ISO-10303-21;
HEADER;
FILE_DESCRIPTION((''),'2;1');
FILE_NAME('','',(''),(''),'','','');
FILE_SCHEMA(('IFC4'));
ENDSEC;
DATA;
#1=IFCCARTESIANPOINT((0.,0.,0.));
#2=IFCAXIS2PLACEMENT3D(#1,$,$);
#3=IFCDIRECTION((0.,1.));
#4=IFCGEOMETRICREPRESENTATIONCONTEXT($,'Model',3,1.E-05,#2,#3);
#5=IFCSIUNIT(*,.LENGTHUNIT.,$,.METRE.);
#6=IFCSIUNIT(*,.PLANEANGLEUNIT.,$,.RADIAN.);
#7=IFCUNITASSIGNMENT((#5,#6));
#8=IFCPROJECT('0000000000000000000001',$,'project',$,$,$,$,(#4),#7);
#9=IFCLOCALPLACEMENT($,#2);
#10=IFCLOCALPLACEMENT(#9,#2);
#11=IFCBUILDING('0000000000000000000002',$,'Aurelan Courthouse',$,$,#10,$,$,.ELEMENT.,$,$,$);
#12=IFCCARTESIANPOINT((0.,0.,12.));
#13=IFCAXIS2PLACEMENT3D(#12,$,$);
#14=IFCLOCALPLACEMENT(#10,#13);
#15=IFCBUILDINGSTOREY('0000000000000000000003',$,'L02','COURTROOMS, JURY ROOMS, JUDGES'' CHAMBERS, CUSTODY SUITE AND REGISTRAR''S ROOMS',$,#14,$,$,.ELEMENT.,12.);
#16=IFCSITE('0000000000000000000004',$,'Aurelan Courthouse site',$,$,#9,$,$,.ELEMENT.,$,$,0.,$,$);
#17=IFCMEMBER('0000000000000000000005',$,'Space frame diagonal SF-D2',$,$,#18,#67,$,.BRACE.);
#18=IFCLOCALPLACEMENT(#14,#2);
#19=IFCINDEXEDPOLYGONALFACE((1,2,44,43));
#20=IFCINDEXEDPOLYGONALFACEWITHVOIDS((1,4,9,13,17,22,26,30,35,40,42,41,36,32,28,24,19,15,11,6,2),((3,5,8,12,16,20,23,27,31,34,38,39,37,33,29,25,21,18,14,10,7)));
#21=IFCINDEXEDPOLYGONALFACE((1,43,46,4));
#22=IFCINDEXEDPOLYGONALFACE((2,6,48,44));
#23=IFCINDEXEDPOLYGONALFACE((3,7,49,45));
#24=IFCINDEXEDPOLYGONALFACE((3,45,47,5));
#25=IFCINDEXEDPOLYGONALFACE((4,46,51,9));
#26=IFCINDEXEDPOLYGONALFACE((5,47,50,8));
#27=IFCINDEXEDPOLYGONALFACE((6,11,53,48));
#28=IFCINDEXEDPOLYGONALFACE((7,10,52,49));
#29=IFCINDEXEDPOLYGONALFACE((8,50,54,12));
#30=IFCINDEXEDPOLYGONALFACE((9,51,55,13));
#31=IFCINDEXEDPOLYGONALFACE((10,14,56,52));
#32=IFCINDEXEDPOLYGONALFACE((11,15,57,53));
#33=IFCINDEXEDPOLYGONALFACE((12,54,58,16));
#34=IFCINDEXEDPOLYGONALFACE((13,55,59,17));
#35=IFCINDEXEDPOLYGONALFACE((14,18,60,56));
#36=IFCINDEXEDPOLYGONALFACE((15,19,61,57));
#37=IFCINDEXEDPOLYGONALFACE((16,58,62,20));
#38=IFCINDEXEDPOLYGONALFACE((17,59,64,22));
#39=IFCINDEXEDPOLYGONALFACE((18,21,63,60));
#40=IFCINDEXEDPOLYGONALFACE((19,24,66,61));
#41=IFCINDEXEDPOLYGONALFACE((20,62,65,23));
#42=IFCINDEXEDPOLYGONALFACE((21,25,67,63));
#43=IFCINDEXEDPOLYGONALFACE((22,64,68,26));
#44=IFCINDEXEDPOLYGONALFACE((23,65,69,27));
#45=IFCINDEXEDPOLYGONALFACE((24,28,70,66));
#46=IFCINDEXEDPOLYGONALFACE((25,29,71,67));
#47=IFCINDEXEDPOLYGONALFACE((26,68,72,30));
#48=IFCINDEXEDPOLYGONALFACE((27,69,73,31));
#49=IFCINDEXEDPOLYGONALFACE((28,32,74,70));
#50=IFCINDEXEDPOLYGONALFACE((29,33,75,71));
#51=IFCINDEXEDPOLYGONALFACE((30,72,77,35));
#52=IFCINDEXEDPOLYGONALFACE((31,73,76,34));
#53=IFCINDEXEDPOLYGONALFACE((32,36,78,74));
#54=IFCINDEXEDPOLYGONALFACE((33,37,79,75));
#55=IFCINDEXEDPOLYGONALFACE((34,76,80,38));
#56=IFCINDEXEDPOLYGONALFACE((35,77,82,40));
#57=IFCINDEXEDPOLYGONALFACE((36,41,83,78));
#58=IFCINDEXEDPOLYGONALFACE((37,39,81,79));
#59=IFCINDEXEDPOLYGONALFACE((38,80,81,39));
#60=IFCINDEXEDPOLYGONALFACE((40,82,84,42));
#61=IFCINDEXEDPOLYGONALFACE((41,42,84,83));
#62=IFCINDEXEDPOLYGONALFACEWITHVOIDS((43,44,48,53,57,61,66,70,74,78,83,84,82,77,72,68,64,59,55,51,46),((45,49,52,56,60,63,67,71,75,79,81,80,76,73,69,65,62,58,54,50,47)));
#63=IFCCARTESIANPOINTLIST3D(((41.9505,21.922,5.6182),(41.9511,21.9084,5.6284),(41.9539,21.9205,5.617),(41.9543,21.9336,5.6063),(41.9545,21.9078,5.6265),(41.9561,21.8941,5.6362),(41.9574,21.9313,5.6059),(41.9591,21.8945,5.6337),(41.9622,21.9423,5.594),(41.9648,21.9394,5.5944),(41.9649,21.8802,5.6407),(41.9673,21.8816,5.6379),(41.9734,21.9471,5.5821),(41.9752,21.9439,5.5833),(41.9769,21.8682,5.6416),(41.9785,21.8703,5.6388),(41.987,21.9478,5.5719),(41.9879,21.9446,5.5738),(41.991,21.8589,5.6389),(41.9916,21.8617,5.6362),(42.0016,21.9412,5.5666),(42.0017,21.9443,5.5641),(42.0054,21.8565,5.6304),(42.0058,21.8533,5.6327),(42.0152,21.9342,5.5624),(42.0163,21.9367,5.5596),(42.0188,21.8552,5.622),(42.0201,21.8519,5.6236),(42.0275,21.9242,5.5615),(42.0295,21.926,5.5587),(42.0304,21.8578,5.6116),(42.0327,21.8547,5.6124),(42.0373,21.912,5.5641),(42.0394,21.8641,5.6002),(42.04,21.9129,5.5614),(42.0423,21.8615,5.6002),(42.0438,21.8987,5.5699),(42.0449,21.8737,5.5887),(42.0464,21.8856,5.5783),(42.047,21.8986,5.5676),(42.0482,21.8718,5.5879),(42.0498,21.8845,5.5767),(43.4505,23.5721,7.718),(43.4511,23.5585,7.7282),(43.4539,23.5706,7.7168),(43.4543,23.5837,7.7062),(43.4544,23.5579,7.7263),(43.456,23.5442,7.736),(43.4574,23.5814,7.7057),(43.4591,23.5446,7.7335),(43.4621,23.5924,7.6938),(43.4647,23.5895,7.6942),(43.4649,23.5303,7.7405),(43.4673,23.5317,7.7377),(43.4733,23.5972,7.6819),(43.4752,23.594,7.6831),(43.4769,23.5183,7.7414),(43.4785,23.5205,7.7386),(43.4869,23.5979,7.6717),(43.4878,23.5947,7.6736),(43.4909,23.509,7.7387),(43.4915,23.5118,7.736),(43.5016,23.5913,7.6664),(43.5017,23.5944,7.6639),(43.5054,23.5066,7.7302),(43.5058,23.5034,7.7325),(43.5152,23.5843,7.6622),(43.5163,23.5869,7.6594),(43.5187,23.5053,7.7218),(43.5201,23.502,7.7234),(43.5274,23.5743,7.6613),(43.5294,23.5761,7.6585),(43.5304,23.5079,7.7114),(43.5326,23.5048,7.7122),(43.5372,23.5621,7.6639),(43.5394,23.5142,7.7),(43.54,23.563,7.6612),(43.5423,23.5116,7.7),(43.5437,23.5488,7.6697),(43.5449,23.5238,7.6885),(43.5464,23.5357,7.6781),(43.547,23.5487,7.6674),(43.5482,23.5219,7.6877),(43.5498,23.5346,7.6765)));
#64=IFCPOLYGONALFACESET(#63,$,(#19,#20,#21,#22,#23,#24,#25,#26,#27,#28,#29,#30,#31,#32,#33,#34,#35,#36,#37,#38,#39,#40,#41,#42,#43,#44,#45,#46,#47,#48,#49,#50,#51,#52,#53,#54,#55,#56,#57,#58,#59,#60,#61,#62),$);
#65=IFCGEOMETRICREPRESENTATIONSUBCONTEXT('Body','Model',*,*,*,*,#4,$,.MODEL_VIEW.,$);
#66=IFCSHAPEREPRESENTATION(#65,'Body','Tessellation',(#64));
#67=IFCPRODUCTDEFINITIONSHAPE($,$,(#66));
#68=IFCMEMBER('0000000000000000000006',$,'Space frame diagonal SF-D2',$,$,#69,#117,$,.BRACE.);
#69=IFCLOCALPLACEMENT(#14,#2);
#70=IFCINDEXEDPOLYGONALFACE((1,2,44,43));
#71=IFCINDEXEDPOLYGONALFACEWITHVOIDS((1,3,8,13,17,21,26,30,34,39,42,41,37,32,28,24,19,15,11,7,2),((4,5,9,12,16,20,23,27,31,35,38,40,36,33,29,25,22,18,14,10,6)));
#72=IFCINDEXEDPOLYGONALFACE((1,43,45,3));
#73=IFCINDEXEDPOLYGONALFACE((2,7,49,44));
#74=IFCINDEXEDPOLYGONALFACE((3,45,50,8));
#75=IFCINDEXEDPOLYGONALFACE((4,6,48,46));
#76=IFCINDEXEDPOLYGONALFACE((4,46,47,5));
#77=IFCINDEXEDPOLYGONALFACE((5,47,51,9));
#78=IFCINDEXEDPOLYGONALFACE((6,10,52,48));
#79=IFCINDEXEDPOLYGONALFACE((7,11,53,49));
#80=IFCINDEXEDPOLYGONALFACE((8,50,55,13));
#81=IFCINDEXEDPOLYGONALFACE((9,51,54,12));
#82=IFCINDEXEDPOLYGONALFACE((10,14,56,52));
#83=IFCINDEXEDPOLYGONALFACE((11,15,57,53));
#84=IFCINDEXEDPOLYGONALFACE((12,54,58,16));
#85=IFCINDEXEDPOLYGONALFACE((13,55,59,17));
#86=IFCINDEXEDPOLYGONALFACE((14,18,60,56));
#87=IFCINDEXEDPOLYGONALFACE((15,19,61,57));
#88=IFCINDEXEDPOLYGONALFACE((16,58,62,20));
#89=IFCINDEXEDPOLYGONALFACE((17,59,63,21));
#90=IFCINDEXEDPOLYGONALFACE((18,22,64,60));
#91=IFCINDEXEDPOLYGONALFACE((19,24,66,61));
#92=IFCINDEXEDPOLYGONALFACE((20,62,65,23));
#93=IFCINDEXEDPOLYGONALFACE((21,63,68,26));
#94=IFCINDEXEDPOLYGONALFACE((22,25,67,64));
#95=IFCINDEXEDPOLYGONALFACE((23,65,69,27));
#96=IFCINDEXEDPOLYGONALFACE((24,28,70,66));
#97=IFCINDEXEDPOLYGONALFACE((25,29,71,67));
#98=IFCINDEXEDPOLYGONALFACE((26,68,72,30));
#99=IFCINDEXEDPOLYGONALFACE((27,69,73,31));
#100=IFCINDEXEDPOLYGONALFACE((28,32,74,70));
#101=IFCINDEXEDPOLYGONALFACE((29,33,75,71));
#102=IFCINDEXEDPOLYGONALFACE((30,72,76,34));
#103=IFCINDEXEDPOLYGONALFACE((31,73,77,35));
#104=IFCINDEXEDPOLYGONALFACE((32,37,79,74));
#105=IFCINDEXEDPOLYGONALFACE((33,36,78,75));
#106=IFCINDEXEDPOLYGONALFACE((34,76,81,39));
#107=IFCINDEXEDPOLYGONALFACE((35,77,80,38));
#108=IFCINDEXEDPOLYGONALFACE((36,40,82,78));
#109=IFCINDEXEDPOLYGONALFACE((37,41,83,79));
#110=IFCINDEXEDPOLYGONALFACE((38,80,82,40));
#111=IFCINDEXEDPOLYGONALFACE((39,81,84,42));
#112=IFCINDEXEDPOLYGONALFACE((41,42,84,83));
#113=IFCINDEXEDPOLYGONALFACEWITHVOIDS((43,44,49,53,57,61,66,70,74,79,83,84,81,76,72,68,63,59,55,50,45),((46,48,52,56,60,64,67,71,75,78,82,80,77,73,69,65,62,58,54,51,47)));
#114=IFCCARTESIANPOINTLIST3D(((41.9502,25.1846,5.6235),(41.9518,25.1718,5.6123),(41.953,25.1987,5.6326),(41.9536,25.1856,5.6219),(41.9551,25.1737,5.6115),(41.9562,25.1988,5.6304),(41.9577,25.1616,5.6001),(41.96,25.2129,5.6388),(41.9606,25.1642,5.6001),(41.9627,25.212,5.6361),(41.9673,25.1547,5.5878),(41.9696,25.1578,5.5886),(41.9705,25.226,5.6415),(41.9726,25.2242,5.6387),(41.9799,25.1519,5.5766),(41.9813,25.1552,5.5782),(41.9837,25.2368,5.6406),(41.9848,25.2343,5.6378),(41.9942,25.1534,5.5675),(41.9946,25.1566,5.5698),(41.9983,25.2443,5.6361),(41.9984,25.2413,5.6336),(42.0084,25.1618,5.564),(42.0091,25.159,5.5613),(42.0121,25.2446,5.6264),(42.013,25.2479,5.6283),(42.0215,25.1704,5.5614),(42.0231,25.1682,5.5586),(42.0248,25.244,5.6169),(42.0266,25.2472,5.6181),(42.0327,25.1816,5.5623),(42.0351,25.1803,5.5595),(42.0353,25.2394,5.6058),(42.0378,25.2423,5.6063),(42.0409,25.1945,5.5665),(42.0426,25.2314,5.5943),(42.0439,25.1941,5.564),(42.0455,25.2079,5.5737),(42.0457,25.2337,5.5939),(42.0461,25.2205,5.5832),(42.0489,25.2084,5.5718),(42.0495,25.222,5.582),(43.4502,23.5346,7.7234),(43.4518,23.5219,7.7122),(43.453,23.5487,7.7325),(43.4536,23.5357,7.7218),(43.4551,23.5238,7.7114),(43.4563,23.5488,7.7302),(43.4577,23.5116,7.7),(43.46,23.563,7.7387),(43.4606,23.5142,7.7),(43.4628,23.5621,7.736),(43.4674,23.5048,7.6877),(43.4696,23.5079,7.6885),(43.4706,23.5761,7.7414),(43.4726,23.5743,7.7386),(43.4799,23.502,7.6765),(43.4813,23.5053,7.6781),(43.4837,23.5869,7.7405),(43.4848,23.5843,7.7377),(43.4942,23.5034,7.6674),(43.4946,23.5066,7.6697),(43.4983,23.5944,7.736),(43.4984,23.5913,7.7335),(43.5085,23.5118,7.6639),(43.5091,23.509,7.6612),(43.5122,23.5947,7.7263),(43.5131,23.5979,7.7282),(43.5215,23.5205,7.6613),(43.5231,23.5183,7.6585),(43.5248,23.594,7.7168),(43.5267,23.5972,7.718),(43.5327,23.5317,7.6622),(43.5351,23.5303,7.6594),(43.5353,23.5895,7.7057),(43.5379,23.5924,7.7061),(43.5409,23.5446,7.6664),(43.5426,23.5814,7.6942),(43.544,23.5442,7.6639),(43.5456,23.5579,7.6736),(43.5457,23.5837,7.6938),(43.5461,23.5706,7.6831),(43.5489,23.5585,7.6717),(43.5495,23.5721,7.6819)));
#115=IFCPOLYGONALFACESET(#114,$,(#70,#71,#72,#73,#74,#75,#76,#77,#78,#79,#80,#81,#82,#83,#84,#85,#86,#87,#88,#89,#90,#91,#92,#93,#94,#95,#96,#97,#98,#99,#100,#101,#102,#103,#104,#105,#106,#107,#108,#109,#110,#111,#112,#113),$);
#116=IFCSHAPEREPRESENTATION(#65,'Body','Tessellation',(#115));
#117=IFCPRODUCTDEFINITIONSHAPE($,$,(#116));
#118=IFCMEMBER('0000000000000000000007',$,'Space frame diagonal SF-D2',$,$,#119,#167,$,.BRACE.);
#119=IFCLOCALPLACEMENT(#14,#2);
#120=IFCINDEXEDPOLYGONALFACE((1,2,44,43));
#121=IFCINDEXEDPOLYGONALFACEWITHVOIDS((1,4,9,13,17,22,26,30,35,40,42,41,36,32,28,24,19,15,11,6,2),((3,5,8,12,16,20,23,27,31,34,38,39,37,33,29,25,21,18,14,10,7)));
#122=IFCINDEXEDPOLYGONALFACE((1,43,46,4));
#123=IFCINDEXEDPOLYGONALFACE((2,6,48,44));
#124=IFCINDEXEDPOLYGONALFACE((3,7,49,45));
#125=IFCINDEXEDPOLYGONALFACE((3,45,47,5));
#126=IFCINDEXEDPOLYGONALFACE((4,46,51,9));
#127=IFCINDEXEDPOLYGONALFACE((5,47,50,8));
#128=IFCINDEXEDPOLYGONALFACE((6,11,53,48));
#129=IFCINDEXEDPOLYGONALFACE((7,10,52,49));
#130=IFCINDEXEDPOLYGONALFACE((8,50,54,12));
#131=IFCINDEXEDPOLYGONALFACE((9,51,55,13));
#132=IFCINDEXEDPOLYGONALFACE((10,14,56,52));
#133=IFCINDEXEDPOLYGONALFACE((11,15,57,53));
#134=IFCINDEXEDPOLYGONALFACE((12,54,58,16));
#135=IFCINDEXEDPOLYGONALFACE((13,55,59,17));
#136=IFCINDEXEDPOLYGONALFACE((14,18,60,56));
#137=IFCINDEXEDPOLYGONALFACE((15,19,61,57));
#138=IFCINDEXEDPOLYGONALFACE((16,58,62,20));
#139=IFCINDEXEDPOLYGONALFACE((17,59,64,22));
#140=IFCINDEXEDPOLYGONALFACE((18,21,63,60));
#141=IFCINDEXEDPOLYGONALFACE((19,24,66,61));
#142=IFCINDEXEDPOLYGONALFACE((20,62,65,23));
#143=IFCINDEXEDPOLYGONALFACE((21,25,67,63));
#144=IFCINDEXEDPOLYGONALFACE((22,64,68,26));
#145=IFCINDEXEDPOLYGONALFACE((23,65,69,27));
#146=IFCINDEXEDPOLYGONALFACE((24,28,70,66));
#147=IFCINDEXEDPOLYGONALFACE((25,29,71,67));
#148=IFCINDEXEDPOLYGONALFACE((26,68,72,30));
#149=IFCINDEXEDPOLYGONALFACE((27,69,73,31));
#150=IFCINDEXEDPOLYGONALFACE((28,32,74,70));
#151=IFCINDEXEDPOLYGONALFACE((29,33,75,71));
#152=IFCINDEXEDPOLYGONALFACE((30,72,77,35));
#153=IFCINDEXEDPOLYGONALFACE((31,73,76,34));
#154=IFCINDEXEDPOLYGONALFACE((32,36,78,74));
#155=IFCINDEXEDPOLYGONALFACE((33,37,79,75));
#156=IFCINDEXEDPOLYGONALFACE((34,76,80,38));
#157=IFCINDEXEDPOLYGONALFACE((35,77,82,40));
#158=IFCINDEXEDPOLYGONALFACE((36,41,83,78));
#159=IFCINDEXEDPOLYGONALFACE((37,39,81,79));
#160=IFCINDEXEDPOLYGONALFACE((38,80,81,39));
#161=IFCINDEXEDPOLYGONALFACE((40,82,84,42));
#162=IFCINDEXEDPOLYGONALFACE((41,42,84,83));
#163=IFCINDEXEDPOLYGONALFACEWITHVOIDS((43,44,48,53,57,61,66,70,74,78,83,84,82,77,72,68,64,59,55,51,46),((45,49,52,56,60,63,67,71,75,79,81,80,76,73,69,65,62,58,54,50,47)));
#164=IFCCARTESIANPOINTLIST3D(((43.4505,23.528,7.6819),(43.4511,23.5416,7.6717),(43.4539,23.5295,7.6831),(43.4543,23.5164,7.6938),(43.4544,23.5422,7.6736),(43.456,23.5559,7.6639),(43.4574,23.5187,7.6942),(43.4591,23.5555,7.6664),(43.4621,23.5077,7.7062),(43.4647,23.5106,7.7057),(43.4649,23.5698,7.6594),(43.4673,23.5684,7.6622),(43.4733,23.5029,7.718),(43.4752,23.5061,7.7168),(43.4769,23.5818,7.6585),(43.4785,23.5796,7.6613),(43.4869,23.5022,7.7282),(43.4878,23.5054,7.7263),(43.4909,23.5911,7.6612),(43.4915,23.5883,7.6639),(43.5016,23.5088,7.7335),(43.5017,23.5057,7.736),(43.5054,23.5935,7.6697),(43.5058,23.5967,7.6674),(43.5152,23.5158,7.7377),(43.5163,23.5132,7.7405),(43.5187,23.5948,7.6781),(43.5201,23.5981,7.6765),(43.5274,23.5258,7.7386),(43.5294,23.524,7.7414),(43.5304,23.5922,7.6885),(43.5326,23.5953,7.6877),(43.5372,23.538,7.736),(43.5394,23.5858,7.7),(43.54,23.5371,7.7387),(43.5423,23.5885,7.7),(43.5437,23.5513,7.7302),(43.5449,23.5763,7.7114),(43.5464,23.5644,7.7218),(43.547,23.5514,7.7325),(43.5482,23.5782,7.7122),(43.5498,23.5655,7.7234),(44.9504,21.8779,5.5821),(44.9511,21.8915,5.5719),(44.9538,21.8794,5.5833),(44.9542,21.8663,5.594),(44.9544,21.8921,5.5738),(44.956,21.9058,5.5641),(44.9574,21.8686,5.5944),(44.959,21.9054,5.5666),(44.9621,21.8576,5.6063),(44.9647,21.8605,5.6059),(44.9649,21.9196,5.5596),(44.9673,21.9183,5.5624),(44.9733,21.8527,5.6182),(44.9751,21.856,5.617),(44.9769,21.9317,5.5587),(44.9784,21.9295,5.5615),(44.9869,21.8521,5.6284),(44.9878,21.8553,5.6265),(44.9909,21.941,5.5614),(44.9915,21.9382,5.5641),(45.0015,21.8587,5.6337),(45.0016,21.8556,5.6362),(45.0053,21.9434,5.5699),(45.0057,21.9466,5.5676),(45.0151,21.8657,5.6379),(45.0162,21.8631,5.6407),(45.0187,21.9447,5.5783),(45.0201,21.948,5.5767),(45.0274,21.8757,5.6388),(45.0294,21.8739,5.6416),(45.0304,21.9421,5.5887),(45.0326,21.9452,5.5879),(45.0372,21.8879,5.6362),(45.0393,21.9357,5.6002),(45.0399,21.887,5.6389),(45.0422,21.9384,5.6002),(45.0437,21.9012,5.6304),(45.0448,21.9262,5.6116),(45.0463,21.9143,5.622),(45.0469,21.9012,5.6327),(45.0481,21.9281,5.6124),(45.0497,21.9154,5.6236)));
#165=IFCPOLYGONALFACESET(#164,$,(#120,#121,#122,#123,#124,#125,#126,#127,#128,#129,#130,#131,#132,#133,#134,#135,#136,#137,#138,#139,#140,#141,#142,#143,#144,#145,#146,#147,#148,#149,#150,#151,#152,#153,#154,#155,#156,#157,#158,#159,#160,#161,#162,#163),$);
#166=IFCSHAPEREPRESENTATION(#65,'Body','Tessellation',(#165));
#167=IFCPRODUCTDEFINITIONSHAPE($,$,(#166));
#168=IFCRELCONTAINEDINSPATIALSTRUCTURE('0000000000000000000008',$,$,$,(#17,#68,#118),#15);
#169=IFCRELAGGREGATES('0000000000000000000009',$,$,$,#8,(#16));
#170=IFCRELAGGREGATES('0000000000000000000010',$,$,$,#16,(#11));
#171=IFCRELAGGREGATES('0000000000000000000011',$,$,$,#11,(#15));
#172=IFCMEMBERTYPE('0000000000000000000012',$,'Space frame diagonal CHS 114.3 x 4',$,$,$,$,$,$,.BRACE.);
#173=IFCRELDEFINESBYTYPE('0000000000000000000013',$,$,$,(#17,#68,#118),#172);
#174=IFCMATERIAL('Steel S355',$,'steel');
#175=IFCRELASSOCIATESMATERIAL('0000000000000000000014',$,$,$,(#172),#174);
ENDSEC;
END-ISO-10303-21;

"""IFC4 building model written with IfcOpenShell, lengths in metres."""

from ifc_helpers import new_model, si_unit, direction, frame, origin, origin_2d, place, context, subcontext, project, spatial, hollow_circle, extrude, material, material_profile, profile_set, type_object, element, save


model = new_model("IFC4")

# Units and contexts
model_context = context("Model", 3, precision=1e-05, world=origin(), true_north=direction((0.0, 1.0)))
body_context = subcontext(model_context, "Body", "Model", "MODEL_VIEW")
ifc_project = project(units=[si_unit("LENGTHUNIT", "METRE"), si_unit("PLANEANGLEUNIT", "RADIAN")], contexts=[model_context])

# Site, building, storey
site_placement = place(None, origin())
site = spatial("IfcSite", under=ifc_project, at=site_placement, Name="Aurelan Courthouse site", CompositionType="ELEMENT", RefElevation=0.0)
building_placement = place(site_placement, origin())
building = spatial("IfcBuilding", under=site, at=building_placement, Name="Aurelan Courthouse", CompositionType="ELEMENT")
storey_placement = place(building_placement, frame((0.0, 0.0, 12.0)))
storey = spatial("IfcBuildingStorey", under=building, at=storey_placement, Name="L02", Description="COURTROOMS, JURY ROOMS, JUDGES' CHAMBERS, CUSTODY SUITE AND REGISTRAR'S ROOMS", CompositionType="ELEMENT", Elevation=12.0)

# Members
ifc_material_1 = material(Name="Steel S355", Category="steel")
ifc_material_profile_1 = material_profile(ifc_material_1, hollow_circle(Radius=0.0571, WallThickness=0.0039, at=origin_2d()), Name="CHS 114.3 x 4")
ifc_profile_set_1 = profile_set([ifc_material_profile_1], Name="Steel S355")
member_type_1 = type_object("IfcMemberType", Name="Space frame diagonal CHS 114.3 x 4", PredefinedType="BRACE", material=ifc_profile_set_1)
for number, where, z_axis, x_axis, name in (
    (1, (43.5, 23.55, 7.7), (-0.489706, -0.538724, -0.68554), (0.73997, -0.67264, 0.0), "Space frame diagonal SF-D2"),
    (2, (43.5, 23.55, 7.7), (-0.489727, 0.538667, -0.685569), (-0.73992, -0.672695, 0.0), "Space frame diagonal SF-D2"),
    (3, (43.5, 23.55, 7.7), (0.489706, -0.538724, -0.68554), (0.73997, 0.67264, 0.0), "Space frame diagonal SF-D2"),
):
    element("IfcMember", number, at=place(storey_placement, frame(where, z_axis=z_axis, x_axis=x_axis)), inside=storey, type_object=member_type_1, Name=name, PredefinedType="BRACE", context=body_context, shape_type="SweptSolid", body=[
        extrude(hollow_circle(Radius=0.0571, WallThickness=0.0039, at=origin_2d()), origin(), (0.0, 0.0, 1.0), 3.063),
    ])

save(model, "model.ifc")
